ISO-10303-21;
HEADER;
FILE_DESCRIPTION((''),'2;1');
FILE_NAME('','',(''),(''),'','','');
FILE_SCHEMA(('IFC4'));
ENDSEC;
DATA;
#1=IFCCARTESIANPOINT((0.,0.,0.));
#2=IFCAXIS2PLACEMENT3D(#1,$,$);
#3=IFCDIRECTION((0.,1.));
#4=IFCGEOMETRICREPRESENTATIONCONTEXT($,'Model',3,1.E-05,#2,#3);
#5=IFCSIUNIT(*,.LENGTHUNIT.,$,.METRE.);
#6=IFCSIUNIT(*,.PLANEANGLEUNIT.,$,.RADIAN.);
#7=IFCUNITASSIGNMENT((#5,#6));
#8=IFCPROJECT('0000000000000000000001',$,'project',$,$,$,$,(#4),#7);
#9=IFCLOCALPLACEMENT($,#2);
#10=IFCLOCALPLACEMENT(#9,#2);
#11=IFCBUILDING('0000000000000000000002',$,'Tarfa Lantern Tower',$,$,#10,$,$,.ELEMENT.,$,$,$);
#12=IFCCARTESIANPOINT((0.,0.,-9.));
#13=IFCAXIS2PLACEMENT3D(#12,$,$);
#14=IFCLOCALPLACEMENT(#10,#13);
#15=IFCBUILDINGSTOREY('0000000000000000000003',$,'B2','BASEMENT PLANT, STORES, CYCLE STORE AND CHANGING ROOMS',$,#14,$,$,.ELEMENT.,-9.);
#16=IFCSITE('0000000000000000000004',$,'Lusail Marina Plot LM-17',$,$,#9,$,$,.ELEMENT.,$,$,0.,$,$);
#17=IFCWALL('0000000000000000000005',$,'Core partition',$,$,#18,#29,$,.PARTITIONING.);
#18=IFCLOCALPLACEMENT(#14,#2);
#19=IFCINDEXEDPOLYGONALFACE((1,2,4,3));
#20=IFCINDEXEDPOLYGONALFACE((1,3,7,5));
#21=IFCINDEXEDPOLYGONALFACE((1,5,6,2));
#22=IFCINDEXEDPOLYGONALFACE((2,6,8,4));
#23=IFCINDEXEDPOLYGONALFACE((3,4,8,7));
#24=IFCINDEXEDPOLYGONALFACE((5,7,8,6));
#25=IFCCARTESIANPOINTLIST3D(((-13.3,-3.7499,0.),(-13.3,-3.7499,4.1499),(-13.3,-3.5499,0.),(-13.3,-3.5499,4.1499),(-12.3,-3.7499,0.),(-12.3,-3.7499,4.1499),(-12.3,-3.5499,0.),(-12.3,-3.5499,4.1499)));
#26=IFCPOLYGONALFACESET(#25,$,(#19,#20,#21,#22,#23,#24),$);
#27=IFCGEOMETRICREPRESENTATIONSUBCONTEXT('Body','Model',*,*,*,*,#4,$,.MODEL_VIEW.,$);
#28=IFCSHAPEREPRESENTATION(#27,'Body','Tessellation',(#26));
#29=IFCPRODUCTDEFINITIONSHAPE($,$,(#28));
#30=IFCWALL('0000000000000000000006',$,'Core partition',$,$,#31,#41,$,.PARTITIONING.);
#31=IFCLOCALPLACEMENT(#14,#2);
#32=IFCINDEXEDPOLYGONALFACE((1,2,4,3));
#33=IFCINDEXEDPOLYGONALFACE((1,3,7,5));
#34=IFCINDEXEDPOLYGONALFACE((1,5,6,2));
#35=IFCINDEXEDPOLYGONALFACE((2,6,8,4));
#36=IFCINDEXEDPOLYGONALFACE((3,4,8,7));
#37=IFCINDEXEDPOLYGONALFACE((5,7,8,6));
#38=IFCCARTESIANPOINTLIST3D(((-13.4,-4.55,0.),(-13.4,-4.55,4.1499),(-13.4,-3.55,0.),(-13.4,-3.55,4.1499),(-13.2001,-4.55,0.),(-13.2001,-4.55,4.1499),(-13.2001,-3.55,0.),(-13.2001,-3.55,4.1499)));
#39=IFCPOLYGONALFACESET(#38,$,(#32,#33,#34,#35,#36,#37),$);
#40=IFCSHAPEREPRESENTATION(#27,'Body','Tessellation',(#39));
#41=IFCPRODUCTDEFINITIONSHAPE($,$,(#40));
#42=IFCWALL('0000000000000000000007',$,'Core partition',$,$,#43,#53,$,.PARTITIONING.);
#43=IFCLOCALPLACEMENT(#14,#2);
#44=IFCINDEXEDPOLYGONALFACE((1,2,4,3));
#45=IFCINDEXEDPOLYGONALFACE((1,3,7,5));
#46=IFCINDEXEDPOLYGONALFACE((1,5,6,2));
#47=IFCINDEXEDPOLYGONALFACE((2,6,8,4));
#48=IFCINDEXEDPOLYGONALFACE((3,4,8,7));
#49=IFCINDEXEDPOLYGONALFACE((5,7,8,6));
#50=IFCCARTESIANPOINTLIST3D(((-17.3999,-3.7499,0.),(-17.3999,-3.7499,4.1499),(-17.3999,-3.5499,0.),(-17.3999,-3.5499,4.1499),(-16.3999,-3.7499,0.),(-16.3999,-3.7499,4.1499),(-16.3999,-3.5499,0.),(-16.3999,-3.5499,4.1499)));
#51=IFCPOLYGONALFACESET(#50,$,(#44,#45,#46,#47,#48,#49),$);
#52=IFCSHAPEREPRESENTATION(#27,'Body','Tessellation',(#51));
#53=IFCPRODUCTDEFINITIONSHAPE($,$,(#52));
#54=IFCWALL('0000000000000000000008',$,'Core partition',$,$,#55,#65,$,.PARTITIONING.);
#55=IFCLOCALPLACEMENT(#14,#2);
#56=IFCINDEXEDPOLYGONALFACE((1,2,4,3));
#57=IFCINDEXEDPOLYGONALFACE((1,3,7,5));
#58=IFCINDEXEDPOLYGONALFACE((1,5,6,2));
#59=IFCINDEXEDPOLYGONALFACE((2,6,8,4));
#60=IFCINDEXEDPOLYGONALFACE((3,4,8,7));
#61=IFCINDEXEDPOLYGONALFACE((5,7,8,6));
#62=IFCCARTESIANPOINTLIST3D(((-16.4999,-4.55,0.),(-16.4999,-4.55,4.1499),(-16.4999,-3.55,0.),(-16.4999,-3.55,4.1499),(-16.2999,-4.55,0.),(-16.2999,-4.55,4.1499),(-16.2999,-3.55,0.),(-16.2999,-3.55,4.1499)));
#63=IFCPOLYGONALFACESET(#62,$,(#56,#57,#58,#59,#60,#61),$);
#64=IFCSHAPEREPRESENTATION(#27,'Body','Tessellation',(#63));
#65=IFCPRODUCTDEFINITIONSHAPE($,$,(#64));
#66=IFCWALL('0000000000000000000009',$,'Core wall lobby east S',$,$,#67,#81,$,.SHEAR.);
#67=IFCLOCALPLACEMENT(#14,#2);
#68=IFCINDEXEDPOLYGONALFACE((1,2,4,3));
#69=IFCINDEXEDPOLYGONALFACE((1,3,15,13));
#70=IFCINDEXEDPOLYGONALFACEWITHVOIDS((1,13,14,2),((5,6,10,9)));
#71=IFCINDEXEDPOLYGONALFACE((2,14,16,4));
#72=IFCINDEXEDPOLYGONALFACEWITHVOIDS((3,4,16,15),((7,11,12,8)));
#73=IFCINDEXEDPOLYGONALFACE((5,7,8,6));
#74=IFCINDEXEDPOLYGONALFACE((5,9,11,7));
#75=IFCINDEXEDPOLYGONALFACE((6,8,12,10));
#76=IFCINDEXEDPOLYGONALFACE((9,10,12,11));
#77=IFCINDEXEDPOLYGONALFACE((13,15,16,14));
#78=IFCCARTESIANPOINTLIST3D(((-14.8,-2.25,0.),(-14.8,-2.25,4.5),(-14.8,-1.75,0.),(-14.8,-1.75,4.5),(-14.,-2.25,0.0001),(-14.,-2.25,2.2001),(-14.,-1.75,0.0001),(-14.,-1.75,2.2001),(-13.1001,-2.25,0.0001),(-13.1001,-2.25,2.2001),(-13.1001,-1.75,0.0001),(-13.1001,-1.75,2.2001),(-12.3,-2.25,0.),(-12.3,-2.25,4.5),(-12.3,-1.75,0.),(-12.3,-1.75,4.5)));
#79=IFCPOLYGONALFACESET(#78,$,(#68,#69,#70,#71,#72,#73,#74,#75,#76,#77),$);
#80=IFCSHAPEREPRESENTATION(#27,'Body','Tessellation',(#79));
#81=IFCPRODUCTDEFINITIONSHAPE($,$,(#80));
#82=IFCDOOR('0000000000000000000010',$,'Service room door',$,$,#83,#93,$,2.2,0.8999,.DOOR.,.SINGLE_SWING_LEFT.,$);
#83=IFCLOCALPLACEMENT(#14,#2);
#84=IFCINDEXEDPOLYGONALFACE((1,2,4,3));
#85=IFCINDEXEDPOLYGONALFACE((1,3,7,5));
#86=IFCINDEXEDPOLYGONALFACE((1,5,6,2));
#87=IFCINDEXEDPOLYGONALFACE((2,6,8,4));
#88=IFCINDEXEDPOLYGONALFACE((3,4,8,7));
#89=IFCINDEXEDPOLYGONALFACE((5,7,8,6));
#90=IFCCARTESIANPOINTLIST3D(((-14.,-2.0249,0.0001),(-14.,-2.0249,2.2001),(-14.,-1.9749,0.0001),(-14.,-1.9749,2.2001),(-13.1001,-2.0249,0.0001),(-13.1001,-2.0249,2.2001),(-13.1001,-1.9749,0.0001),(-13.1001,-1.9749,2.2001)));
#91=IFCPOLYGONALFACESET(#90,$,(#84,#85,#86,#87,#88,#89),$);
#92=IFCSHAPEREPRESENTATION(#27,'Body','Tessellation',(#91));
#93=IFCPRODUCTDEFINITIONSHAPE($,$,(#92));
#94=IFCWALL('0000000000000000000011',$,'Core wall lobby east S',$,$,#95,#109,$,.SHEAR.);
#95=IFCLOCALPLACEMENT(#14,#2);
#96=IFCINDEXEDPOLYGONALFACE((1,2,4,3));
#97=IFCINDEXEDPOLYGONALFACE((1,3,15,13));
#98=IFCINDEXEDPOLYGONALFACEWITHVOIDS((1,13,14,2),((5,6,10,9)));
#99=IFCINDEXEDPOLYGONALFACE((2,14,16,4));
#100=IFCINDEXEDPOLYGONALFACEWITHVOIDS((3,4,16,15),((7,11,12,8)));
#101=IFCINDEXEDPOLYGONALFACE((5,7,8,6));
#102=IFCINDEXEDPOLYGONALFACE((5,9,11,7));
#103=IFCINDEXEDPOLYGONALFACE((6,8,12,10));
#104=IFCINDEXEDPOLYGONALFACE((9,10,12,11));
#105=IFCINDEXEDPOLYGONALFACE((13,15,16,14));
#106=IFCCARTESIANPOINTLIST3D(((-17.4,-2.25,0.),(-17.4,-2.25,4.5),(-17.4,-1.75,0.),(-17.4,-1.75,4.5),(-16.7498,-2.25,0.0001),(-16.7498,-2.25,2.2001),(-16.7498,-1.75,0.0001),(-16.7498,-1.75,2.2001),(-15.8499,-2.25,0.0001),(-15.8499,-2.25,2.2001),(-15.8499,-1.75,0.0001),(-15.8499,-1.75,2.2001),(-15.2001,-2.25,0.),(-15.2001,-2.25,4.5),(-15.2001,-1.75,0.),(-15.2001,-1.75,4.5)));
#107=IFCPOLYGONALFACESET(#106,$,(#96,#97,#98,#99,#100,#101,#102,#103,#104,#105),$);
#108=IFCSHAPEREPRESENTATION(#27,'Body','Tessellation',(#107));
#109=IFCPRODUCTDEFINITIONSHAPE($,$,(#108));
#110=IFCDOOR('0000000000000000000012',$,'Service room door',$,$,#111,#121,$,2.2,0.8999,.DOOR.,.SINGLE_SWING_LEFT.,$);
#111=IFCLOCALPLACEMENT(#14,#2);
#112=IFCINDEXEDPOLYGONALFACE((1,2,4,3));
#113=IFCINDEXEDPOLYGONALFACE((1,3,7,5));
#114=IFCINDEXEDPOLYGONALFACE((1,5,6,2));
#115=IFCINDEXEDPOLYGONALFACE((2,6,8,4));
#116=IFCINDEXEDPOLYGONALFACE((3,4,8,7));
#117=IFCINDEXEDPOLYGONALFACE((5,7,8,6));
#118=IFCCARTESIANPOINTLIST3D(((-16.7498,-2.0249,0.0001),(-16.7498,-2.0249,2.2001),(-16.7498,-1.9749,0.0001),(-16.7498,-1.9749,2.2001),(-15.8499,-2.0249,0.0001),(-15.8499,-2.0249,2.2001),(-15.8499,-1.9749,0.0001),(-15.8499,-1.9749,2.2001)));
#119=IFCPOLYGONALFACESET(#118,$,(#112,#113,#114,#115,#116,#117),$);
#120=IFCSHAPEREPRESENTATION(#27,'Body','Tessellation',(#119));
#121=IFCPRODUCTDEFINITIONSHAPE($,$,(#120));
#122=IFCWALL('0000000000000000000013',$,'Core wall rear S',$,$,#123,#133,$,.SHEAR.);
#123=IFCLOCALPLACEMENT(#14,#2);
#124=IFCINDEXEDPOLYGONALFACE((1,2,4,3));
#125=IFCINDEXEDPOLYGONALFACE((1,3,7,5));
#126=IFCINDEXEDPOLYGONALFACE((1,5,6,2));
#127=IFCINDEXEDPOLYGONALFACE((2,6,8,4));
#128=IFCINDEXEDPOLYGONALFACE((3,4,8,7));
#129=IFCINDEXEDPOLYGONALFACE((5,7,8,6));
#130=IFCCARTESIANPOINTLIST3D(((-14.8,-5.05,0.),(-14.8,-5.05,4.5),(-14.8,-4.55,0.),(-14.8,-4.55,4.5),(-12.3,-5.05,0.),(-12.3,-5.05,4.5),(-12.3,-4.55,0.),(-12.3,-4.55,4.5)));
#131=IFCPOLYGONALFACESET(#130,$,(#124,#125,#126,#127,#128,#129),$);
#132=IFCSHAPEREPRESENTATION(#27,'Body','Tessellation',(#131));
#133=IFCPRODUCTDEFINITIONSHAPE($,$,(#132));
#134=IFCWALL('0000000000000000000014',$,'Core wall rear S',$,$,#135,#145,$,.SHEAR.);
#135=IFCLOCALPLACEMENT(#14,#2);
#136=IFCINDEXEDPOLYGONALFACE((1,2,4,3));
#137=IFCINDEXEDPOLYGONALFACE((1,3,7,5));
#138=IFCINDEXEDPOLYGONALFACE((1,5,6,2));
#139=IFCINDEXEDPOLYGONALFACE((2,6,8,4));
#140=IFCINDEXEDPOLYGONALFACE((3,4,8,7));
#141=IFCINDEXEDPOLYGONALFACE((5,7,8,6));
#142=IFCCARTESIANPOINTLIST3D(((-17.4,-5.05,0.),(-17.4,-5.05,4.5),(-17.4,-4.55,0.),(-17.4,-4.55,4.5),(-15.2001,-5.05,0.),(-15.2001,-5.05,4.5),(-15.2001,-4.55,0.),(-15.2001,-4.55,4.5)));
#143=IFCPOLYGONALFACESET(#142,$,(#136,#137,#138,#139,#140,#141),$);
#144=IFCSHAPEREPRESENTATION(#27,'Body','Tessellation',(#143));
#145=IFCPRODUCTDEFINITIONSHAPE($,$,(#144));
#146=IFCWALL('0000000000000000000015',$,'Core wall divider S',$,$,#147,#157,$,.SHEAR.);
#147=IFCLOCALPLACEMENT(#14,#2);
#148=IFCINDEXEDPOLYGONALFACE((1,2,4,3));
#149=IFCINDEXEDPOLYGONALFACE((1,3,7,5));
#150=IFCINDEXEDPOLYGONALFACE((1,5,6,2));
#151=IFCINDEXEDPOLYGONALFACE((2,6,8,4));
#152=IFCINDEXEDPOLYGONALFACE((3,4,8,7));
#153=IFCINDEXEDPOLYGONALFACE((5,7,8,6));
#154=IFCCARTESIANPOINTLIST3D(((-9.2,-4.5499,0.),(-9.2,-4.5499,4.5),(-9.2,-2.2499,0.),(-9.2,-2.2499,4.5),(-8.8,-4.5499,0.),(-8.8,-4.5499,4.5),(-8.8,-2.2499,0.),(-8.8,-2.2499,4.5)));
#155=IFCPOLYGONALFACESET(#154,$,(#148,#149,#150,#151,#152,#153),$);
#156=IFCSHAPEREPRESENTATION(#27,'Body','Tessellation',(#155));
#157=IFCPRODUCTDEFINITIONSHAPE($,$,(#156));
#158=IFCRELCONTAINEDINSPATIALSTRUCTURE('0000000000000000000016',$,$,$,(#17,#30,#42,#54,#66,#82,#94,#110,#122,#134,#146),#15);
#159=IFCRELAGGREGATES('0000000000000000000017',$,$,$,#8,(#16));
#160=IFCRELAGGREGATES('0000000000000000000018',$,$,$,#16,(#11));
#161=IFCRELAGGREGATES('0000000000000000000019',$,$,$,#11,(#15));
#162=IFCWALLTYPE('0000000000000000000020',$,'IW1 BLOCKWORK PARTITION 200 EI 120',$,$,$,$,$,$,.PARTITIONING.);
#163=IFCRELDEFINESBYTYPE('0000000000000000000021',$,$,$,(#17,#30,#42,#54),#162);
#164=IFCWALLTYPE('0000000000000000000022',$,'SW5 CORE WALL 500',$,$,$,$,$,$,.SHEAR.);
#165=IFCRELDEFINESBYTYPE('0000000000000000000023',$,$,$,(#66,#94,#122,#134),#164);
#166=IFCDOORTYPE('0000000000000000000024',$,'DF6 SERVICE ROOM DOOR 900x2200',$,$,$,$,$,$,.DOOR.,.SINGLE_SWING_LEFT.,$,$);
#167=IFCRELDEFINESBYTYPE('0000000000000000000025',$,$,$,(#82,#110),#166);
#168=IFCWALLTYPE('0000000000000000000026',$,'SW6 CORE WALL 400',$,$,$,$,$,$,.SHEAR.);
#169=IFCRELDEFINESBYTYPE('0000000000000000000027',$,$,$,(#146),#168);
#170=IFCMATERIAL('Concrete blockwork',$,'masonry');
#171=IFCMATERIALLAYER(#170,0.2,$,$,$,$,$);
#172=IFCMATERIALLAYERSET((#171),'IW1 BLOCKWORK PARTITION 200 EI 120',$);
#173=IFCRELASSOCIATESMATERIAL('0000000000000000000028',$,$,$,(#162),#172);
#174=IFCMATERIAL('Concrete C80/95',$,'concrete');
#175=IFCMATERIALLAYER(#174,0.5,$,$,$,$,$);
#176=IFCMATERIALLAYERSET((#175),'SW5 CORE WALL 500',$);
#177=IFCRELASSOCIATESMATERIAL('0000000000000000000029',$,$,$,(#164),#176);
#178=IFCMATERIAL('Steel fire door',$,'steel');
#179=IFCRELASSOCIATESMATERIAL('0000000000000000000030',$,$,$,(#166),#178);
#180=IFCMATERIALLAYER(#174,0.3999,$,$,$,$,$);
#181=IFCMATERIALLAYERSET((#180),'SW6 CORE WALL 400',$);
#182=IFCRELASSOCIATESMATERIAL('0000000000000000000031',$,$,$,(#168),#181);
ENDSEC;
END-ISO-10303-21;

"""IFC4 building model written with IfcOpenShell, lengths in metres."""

from ifc_helpers import new_model, si_unit, direction, frame, frame_2d, origin, place, context, subcontext, project, spatial, rectangle, extrude, material, layer, layer_set, type_object, element, fill, save


model = new_model("IFC4")

# Units and contexts
model_context = context("Model", 3, precision=1e-05, world=origin(), true_north=direction((0.0, 1.0)))
body_context = subcontext(model_context, "Body", "Model", "MODEL_VIEW")
ifc_project = project(units=[si_unit("LENGTHUNIT", "METRE"), si_unit("PLANEANGLEUNIT", "RADIAN")], contexts=[model_context])

# Site, building, storey
site_placement = place(None, origin())
site = spatial("IfcSite", under=ifc_project, at=site_placement, Name="Lusail Marina Plot LM-17", CompositionType="ELEMENT", RefElevation=0.0)
building_placement = place(site_placement, origin())
building = spatial("IfcBuilding", under=site, at=building_placement, Name="Tarfa Lantern Tower", CompositionType="ELEMENT")
storey_placement = place(building_placement, frame((0.0, 0.0, -9.0)))
storey = spatial("IfcBuildingStorey", under=building, at=storey_placement, Name="B2", Description="BASEMENT PLANT, STORES, CYCLE STORE AND CHANGING ROOMS", CompositionType="ELEMENT", Elevation=-9.0)

# Walls
ifc_material_1 = material(Name="Concrete blockwork", Category="masonry")
ifc_layer_1 = layer(ifc_material_1, 0.2)
ifc_layer_set_1 = layer_set([ifc_layer_1], Name="IW1 BLOCKWORK PARTITION 200 EI 120")
wall_type_1 = type_object("IfcWallType", Name="IW1 BLOCKWORK PARTITION 200 EI 120", PredefinedType="PARTITIONING", material=ifc_layer_set_1)
for number, where, z_axis, x_axis, name in (
    (1, (-12.3, -3.6499, 0.0), (0.0, 0.0, 1.0), (-1.0, 0.0, 0.0), "Core partition"),
    (2, (-13.3, -3.55, 0.0), (0.0, 0.0, 1.0), (0.0, -1.0, 0.0), "Core partition"),
    (3, (-16.3999, -3.6499, 0.0), (0.0, 0.0, 1.0), (-1.0, 0.0, 0.0), "Core partition"),
    (4, (-16.3999, -3.55, 0.0), (0.0, 0.0, 1.0), (0.0, -1.0, 0.0), "Core partition"),
):
    element("IfcWall", number, at=place(storey_placement, frame(where, z_axis=z_axis, x_axis=x_axis)), inside=storey, type_object=wall_type_1, Name=name, PredefinedType="PARTITIONING", context=body_context, shape_type="SweptSolid", body=[
        extrude(rectangle(XDim=1.0, YDim=0.2, at=frame_2d((0.5, 0.0))), origin(), (0.0, 0.0, 1.0), 4.1499),
    ])

# Walls, openings, doors
ifc_material_2 = material(Name="Concrete C80/95", Category="concrete")
ifc_layer_2 = layer(ifc_material_2, 0.5)
ifc_layer_set_2 = layer_set([ifc_layer_2], Name="SW5 CORE WALL 500")
wall_type_2 = type_object("IfcWallType", Name="SW5 CORE WALL 500", PredefinedType="SHEAR", material=ifc_layer_set_2)
wall_1_placement = place(storey_placement, frame((-12.3, -2.0, 0.0), z_axis=(0.0, 0.0, 1.0), x_axis=(-1.0, 0.0, 0.0)))
wall_1 = element("IfcWall", 5, at=wall_1_placement, inside=storey, type_object=wall_type_2, Name="Core wall lobby east S", PredefinedType="SHEAR", context=body_context, shape_type="SweptSolid", body=[
    extrude(rectangle(XDim=2.5, YDim=0.5, at=frame_2d((1.25, 0.0))), origin(), (0.0, 0.0, 1.0), 4.5),
])
opening_1_placement = place(wall_1_placement, frame((0.8, 0.0, 0.0)))
opening_1 = element("IfcOpeningElement", 6, at=opening_1_placement, cuts=wall_1, PredefinedType="OPENING", context=body_context, shape_type="SweptSolid", body=[
    extrude(rectangle(XDim=0.8999, YDim=2.2, at=frame_2d((0.45, 1.1001))), frame((0.0, 0.26, 0.0), z_axis=(0.0, -1.0, 0.0), x_axis=(1.0, 0.0, 0.0)), (0.0, 0.0, 1.0), 0.52),
])
ifc_material_3 = material(Name="Steel fire door", Category="steel")
door_type = type_object("IfcDoorType", Name="DF6 SERVICE ROOM DOOR 900x2200", OperationType="SINGLE_SWING_LEFT", PredefinedType="DOOR", material=ifc_material_3)
door_1_placement = place(opening_1_placement, origin())
door_1 = element("IfcDoor", 7, at=door_1_placement, inside=storey, type_object=door_type, Name="Service room door", OperationType="SINGLE_SWING_LEFT", OverallHeight=2.2, OverallWidth=0.8999, PredefinedType="DOOR", context=body_context, shape_type="SweptSolid", body=[
    extrude(rectangle(XDim=0.8999, YDim=2.2, at=frame_2d((0.45, 1.1001))), frame((0.0, 0.0249, 0.0), z_axis=(0.0, -1.0, 0.0), x_axis=(1.0, 0.0, 0.0)), (0.0, 0.0, 1.0), 0.05),
])
fill(opening_1, door_1)
wall_2_placement = place(storey_placement, frame((-15.2, -2.0, 0.0), z_axis=(0.0, 0.0, 1.0), x_axis=(-1.0, 0.0, 0.0)))
wall_2 = element("IfcWall", 8, at=wall_2_placement, inside=storey, type_object=wall_type_2, Name="Core wall lobby east S", PredefinedType="SHEAR", context=body_context, shape_type="SweptSolid", body=[
    extrude(rectangle(XDim=2.2, YDim=0.5, at=frame_2d((1.1001, 0.0))), origin(), (0.0, 0.0, 1.0), 4.5),
])
opening_2_placement = place(wall_2_placement, frame((0.6499, 0.0, 0.0)))
opening_2 = element("IfcOpeningElement", 9, at=opening_2_placement, cuts=wall_2, PredefinedType="OPENING", context=body_context, shape_type="SweptSolid", body=[
    extrude(rectangle(XDim=0.8999, YDim=2.2, at=frame_2d((0.45, 1.1001))), frame((0.0, 0.26, 0.0), z_axis=(0.0, -1.0, 0.0), x_axis=(1.0, 0.0, 0.0)), (0.0, 0.0, 1.0), 0.52),
])
door_2_placement = place(opening_2_placement, origin())
door_2 = element("IfcDoor", 10, at=door_2_placement, inside=storey, type_object=door_type, Name="Service room door", OperationType="SINGLE_SWING_LEFT", OverallHeight=2.2, OverallWidth=0.8999, PredefinedType="DOOR", context=body_context, shape_type="SweptSolid", body=[
    extrude(rectangle(XDim=0.8999, YDim=2.2, at=frame_2d((0.45, 1.1001))), frame((0.0, 0.0249, 0.0), z_axis=(0.0, -1.0, 0.0), x_axis=(1.0, 0.0, 0.0)), (0.0, 0.0, 1.0), 0.05),
])
fill(opening_2, door_2)

# Walls
wall_3_placement = place(storey_placement, frame((-12.3, -4.8, 0.0), z_axis=(0.0, 0.0, 1.0), x_axis=(-1.0, 0.0, 0.0)))
element("IfcWall", 11, at=wall_3_placement, inside=storey, type_object=wall_type_2, Name="Core wall rear S", PredefinedType="SHEAR", context=body_context, shape_type="SweptSolid", body=[
    extrude(rectangle(XDim=2.5, YDim=0.5, at=frame_2d((1.25, 0.0))), origin(), (0.0, 0.0, 1.0), 4.5),
])
wall_4_placement = place(storey_placement, frame((-15.2, -4.8, 0.0), z_axis=(0.0, 0.0, 1.0), x_axis=(-1.0, 0.0, 0.0)))
element("IfcWall", 12, at=wall_4_placement, inside=storey, type_object=wall_type_2, Name="Core wall rear S", PredefinedType="SHEAR", context=body_context, shape_type="SweptSolid", body=[
    extrude(rectangle(XDim=2.2, YDim=0.5, at=frame_2d((1.1001, 0.0))), origin(), (0.0, 0.0, 1.0), 4.5),
])
ifc_layer_3 = layer(ifc_material_2, 0.3999)
ifc_layer_set_3 = layer_set([ifc_layer_3], Name="SW6 CORE WALL 400")
wall_type_3 = type_object("IfcWallType", Name="SW6 CORE WALL 400", PredefinedType="SHEAR", material=ifc_layer_set_3)
wall_5_placement = place(storey_placement, frame((-9.0, -2.25, 0.0), z_axis=(0.0, 0.0, 1.0), x_axis=(0.0, -1.0, 0.0)))
element("IfcWall", 13, at=wall_5_placement, inside=storey, type_object=wall_type_3, Name="Core wall divider S", PredefinedType="SHEAR", context=body_context, shape_type="SweptSolid", body=[
    extrude(rectangle(XDim=2.3, YDim=0.3999, at=frame_2d((1.1499, 0.0))), origin(), (0.0, 0.0, 1.0), 4.5),
])

save(model, "model.ifc")
